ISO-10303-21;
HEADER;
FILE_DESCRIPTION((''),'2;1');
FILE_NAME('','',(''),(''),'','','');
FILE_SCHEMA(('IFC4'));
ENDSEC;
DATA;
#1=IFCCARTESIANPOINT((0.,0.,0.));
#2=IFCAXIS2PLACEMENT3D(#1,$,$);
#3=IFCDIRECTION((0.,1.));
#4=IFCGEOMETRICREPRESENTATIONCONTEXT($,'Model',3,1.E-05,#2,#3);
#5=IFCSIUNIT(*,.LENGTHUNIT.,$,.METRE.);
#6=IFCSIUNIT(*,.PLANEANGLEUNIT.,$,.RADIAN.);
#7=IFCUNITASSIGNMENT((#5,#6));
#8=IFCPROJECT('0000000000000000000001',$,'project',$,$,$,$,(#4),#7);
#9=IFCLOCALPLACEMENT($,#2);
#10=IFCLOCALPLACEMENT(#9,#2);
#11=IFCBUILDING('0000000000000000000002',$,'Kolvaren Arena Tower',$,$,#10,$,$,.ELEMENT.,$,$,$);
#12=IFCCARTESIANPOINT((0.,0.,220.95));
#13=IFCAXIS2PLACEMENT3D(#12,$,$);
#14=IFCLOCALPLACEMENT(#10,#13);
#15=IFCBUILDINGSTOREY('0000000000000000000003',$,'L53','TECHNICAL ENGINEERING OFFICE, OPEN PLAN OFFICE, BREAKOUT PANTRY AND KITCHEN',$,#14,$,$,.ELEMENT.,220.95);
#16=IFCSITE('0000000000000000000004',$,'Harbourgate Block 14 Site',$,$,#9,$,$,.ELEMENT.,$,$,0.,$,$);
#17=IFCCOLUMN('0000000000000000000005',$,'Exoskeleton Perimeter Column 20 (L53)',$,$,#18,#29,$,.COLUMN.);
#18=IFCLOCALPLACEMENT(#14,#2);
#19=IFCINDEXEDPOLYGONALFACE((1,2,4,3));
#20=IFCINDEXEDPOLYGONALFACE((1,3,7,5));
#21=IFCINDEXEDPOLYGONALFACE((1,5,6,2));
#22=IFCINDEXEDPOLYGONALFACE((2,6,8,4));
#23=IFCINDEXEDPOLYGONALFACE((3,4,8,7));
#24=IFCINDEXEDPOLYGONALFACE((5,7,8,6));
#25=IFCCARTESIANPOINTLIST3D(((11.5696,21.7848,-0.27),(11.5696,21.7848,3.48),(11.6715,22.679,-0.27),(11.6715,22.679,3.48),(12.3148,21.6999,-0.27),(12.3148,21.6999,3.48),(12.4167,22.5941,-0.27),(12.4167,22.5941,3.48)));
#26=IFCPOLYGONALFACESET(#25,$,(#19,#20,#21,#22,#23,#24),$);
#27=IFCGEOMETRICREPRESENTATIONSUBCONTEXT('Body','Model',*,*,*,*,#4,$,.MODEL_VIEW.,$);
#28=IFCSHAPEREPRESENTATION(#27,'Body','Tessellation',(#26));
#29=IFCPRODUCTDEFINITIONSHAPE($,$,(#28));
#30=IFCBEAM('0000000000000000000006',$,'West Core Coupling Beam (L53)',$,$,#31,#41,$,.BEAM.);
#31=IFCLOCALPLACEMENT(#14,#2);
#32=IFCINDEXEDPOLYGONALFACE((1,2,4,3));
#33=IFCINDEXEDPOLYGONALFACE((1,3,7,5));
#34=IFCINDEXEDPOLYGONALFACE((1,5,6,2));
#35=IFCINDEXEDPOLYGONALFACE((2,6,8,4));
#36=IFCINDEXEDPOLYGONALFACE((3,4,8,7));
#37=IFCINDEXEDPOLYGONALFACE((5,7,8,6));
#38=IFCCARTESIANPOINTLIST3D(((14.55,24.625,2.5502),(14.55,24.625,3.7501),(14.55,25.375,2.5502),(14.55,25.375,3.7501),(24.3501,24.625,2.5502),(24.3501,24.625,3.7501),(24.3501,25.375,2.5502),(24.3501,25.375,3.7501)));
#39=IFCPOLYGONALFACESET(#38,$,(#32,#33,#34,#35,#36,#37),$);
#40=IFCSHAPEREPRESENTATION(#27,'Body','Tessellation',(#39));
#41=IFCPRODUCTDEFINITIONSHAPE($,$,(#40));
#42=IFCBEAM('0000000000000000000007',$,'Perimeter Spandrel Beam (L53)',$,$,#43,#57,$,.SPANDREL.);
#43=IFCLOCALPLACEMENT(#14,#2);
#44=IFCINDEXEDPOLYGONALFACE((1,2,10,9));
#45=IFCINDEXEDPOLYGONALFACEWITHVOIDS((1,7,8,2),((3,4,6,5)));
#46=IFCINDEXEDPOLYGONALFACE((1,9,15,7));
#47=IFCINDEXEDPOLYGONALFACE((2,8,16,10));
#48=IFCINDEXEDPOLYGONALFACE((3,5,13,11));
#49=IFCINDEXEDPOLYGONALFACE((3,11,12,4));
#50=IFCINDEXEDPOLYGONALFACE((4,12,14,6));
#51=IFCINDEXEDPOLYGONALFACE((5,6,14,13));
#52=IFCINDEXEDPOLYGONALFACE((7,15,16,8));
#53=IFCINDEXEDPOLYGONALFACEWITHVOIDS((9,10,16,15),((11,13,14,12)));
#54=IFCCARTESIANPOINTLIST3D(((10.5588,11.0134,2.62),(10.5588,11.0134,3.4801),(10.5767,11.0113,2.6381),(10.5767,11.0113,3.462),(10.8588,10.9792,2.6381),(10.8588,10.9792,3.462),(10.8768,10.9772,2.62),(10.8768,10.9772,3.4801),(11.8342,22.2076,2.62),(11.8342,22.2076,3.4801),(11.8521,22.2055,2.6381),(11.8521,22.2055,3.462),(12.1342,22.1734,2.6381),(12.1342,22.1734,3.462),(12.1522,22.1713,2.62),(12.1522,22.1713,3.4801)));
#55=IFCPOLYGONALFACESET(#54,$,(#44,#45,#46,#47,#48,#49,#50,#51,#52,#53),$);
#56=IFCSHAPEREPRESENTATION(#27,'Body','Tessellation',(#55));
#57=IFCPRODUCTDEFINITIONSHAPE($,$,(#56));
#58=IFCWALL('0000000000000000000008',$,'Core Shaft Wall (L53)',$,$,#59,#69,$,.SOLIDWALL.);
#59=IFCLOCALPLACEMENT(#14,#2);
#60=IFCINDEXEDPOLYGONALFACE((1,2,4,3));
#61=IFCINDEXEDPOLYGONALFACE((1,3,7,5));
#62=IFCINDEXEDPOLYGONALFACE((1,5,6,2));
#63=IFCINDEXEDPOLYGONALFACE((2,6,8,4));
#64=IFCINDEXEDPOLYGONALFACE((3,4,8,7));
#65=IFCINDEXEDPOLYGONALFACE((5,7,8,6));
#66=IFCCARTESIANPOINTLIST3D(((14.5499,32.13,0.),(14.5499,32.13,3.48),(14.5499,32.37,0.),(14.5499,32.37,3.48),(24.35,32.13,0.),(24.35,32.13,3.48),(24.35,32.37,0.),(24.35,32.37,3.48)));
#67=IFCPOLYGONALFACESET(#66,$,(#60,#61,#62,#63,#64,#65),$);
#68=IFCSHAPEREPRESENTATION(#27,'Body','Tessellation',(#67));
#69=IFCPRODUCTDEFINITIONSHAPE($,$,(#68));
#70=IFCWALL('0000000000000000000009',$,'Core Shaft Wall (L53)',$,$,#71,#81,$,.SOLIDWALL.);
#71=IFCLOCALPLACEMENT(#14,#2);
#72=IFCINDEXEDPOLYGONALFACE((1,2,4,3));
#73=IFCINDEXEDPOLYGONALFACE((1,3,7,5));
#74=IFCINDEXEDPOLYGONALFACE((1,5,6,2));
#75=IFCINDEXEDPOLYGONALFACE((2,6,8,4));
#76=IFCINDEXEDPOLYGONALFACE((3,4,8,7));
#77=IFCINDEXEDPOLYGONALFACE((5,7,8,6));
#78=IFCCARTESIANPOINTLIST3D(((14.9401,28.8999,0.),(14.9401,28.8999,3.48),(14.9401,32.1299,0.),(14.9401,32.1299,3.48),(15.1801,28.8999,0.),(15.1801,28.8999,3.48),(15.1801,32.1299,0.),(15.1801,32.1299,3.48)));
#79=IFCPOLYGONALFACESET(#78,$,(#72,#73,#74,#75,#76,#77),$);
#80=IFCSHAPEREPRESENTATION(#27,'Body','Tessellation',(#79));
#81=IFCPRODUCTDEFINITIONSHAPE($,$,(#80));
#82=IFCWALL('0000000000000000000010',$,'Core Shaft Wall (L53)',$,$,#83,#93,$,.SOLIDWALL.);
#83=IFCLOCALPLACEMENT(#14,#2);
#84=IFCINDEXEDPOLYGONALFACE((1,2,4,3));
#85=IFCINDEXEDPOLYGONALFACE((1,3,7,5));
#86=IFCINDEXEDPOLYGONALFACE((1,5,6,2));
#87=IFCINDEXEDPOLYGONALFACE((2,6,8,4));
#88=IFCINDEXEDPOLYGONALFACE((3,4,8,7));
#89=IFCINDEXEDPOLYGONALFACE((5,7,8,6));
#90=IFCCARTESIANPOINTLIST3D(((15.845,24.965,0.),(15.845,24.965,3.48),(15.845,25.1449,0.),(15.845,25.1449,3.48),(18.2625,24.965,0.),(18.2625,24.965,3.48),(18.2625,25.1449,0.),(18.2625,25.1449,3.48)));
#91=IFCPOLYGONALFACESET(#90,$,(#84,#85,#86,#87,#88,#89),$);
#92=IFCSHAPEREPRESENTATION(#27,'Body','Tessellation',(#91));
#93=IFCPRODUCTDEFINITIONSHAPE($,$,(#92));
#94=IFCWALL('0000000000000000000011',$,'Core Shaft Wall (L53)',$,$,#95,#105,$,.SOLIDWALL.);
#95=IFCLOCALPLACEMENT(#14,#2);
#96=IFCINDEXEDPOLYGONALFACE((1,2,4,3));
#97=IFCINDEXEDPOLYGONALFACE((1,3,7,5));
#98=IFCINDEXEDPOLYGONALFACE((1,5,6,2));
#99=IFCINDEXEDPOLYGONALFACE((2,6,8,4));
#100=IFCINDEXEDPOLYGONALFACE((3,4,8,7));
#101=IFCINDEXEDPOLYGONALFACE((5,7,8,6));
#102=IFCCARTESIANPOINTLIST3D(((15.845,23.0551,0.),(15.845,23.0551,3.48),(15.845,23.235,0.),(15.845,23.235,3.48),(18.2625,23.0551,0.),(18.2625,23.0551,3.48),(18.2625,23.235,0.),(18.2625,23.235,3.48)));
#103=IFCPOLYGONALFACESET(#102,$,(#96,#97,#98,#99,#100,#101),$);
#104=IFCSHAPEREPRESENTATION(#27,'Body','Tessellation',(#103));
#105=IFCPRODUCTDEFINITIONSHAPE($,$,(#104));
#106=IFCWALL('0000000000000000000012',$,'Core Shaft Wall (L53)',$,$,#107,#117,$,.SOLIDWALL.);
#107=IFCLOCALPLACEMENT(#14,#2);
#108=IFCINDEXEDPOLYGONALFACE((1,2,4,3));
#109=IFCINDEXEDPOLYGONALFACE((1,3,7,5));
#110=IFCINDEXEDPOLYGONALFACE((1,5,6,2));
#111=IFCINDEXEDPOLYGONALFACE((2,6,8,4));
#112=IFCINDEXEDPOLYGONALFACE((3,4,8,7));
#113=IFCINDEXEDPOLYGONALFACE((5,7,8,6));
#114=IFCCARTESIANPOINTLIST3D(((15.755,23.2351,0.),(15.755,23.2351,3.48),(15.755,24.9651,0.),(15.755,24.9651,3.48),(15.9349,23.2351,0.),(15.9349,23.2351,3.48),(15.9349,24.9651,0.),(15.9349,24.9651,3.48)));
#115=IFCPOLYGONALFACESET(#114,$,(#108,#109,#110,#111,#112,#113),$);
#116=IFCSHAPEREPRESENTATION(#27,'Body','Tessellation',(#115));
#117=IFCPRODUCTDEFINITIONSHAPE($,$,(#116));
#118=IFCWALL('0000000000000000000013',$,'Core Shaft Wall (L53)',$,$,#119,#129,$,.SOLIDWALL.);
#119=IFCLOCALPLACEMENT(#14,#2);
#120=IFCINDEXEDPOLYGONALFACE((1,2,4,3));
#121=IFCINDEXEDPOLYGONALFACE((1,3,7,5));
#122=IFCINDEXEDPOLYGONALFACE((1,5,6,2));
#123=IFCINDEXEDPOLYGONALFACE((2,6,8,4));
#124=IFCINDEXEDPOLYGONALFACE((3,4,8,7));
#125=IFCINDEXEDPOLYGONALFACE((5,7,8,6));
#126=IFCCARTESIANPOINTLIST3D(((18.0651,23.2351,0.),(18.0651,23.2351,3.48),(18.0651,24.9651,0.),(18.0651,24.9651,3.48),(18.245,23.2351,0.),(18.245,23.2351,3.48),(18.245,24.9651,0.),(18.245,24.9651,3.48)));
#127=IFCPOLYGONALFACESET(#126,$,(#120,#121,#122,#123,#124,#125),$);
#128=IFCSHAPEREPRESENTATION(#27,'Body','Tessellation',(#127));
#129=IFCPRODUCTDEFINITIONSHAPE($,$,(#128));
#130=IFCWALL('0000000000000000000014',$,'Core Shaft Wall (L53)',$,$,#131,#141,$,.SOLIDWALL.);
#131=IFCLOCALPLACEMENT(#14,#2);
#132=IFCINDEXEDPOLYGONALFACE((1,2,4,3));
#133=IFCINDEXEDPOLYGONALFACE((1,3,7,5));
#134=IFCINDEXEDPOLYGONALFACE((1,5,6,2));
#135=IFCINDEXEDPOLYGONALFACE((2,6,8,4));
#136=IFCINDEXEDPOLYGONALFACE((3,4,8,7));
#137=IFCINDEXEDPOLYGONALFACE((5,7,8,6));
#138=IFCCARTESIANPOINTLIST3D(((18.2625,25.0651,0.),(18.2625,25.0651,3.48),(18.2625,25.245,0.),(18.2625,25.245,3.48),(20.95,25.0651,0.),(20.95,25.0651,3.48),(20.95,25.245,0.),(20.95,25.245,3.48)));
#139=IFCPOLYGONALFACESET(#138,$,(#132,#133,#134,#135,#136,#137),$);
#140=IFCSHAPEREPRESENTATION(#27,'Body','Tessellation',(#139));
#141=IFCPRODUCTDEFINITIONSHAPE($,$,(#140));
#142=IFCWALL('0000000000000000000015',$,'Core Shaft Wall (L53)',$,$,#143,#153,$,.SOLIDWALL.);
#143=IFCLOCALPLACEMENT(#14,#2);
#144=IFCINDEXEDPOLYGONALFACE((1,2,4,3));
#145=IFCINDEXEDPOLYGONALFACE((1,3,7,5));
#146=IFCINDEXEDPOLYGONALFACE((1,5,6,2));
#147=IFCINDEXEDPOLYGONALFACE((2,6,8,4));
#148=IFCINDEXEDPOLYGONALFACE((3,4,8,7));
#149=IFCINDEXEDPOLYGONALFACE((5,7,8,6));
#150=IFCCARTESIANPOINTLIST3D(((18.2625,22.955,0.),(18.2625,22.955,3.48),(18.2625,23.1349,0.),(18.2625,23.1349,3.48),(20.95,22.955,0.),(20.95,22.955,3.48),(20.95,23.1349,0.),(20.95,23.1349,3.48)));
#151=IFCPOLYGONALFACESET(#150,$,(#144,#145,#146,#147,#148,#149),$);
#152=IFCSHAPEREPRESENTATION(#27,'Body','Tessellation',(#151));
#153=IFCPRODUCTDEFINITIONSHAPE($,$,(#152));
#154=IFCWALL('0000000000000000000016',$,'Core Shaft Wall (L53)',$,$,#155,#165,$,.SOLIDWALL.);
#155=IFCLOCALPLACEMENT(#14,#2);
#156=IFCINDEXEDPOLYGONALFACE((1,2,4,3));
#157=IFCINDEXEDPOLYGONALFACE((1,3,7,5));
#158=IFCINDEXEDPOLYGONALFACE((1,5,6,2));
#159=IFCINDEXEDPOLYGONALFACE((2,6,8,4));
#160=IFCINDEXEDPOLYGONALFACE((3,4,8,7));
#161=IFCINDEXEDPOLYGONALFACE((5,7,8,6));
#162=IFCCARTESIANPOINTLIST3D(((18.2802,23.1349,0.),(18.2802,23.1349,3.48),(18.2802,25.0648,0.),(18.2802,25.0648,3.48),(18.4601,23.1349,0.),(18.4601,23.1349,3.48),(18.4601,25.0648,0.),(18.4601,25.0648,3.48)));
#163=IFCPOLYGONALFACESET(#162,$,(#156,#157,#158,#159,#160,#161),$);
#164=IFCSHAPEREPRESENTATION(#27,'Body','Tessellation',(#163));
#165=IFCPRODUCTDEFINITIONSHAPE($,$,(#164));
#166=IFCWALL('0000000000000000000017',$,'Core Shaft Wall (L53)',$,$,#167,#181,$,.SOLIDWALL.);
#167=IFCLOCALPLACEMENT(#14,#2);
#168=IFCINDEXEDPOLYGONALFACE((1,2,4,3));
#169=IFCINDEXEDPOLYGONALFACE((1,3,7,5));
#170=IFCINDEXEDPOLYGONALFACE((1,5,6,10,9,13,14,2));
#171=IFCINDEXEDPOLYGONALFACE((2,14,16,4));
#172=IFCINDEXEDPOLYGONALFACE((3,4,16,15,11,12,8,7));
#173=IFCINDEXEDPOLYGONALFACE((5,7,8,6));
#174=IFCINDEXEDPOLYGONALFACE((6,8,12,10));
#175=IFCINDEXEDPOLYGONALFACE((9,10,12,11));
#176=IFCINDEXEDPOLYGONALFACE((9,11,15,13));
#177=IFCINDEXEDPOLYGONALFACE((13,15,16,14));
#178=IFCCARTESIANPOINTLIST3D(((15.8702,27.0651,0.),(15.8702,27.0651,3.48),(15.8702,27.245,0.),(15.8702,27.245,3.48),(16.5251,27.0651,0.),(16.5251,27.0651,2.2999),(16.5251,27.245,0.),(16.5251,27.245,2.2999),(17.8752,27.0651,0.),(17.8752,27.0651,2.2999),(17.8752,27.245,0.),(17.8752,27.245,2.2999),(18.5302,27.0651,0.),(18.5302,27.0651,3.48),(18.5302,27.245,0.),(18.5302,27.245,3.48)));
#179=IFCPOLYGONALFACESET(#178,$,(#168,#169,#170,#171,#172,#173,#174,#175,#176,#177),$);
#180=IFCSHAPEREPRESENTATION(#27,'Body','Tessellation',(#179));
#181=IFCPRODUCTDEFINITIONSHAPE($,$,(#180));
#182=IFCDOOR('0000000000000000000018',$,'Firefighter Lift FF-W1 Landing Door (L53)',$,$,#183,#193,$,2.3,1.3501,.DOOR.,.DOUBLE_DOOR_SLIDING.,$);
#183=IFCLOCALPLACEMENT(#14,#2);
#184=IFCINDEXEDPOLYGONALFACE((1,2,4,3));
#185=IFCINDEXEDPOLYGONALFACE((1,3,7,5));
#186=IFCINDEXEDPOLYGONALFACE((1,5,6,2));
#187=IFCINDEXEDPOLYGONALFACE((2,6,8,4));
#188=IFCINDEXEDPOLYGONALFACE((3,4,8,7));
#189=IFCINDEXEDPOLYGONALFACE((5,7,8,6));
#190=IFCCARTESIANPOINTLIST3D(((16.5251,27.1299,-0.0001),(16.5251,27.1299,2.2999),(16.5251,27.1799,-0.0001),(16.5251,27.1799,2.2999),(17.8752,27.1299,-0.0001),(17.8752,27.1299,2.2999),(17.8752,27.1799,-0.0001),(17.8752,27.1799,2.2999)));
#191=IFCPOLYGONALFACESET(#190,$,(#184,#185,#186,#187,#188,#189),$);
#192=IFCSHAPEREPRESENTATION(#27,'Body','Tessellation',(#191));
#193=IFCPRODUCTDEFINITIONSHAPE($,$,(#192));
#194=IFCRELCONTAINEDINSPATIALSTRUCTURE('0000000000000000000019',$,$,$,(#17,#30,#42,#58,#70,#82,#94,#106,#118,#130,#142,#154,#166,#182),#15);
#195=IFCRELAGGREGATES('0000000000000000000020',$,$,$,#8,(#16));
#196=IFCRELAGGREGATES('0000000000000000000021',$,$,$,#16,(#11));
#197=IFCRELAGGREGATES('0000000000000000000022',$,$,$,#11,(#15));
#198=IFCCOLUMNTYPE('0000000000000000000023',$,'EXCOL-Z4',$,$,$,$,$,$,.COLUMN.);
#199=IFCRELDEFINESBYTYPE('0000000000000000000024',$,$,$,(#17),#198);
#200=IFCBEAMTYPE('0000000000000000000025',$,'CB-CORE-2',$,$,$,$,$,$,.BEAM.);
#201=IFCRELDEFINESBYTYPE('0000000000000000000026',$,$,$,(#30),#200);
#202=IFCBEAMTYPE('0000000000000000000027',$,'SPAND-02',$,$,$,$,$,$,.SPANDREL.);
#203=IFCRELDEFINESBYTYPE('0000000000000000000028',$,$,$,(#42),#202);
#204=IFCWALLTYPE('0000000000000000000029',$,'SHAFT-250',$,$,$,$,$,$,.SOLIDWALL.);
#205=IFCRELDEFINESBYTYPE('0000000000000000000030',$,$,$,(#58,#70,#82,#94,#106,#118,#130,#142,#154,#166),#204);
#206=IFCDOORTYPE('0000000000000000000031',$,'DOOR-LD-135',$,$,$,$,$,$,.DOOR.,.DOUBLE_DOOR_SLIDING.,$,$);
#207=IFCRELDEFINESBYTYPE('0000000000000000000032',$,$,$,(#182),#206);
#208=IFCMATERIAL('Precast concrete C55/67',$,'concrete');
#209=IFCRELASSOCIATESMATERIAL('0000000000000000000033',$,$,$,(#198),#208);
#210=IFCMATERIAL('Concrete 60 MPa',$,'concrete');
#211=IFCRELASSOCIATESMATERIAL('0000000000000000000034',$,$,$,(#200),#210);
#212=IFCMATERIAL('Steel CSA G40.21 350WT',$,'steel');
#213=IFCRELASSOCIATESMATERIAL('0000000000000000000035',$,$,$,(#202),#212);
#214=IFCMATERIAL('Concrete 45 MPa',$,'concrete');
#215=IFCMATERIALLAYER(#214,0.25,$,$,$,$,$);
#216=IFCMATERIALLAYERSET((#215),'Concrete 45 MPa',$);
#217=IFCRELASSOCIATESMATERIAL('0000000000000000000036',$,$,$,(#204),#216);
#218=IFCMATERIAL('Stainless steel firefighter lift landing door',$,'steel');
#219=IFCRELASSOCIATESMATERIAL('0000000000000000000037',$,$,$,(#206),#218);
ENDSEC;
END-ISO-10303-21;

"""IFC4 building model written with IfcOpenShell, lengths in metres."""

from ifc_helpers import new_model, si_unit, direction, frame, frame_2d, origin, origin_2d, place, context, subcontext, project, spatial, rectangle, hollow_rectangle, extrude, material, layer, layer_set, material_profile, profile_set, type_object, element, fill, save


model = new_model("IFC4")

# Units and contexts
model_context = context("Model", 3, precision=1e-05, world=origin(), true_north=direction((0.0, 1.0)))
body_context = subcontext(model_context, "Body", "Model", "MODEL_VIEW")
ifc_project = project(units=[si_unit("LENGTHUNIT", "METRE"), si_unit("PLANEANGLEUNIT", "RADIAN")], contexts=[model_context])

# Site, building, storey
site_placement = place(None, origin())
site = spatial("IfcSite", under=ifc_project, at=site_placement, Name="Harbourgate Block 14 Site", CompositionType="ELEMENT", RefElevation=0.0)
building_placement = place(site_placement, origin())
building = spatial("IfcBuilding", under=site, at=building_placement, Name="Kolvaren Arena Tower", CompositionType="ELEMENT")
storey_placement = place(building_placement, frame((0.0, 0.0, 220.95)))
storey = spatial("IfcBuildingStorey", under=building, at=storey_placement, Name="L53", Description="TECHNICAL ENGINEERING OFFICE, OPEN PLAN OFFICE, BREAKOUT PANTRY AND KITCHEN", CompositionType="ELEMENT", Elevation=220.95)

# Column
ifc_material_1 = material(Name="Precast concrete C55/67", Category="concrete")
ifc_material_profile_1 = material_profile(ifc_material_1, rectangle(XDim=0.8999, YDim=0.75, at=origin_2d()), Name="RC-900x750")
ifc_profile_set_1 = profile_set([ifc_material_profile_1], Name="Precast concrete C55/67")
column_type = type_object("IfcColumnType", Name="EXCOL-Z4", PredefinedType="COLUMN", material=ifc_profile_set_1)
column_placement = place(storey_placement, frame((11.9932, 22.1895, -0.27), z_axis=(0.0, 0.0, 1.0), x_axis=(0.113203, 0.993572, 0.0)))
element("IfcColumn", 1, at=column_placement, inside=storey, type_object=column_type, Name="Exoskeleton Perimeter Column 20 (L53)", PredefinedType="COLUMN", context=body_context, shape_type="SweptSolid", body=[
    extrude(rectangle(XDim=0.8999, YDim=0.75, at=origin_2d()), origin(), (0.0, 0.0, 1.0), 3.75),
])

# Beams
ifc_material_2 = material(Name="Concrete 60 MPa", Category="concrete")
ifc_material_profile_2 = material_profile(ifc_material_2, rectangle(XDim=0.75, YDim=1.2, at=origin_2d()), Name="RC-750x1200")
ifc_profile_set_2 = profile_set([ifc_material_profile_2], Name="Concrete 60 MPa")
beam_type_1 = type_object("IfcBeamType", Name="CB-CORE-2", PredefinedType="BEAM", material=ifc_profile_set_2)
beam_1_placement = place(storey_placement, frame((14.55, 25.0, 3.1501), z_axis=(1.0, 0.0, 0.0), x_axis=(0.0, 1.0, 0.0)))
element("IfcBeam", 2, at=beam_1_placement, inside=storey, type_object=beam_type_1, Name="West Core Coupling Beam (L53)", PredefinedType="BEAM", context=body_context, shape_type="SweptSolid", body=[
    extrude(rectangle(XDim=0.75, YDim=1.2, at=origin_2d()), origin(), (0.0, 0.0, 1.0), 9.8),
])
ifc_material_3 = material(Name="Steel CSA G40.21 350WT", Category="steel")
ifc_material_profile_3 = material_profile(ifc_material_3, hollow_rectangle(XDim=0.3201, YDim=0.8601, WallThickness=0.0181, at=origin_2d()), Name="HSS 860x320x18")
ifc_profile_set_3 = profile_set([ifc_material_profile_3], Name="Steel CSA G40.21 350WT")
beam_type_2 = type_object("IfcBeamType", Name="SPAND-02", PredefinedType="SPANDREL", material=ifc_profile_set_3)
beam_2_placement = place(storey_placement, frame((11.9932, 22.1895, 3.05), z_axis=(-0.113202, -0.993572, 0.0), x_axis=(0.993572, -0.113202, 0.0)))
element("IfcBeam", 3, at=beam_2_placement, inside=storey, type_object=beam_type_2, Name="Perimeter Spandrel Beam (L53)", PredefinedType="SPANDREL", context=body_context, shape_type="SweptSolid", body=[
    extrude(hollow_rectangle(XDim=0.3201, YDim=0.8601, WallThickness=0.0181, at=origin_2d()), origin(), (0.0, 0.0, 1.0), 11.2666),
])

# Walls
ifc_material_4 = material(Name="Concrete 45 MPa", Category="concrete")
ifc_layer = layer(ifc_material_4, 0.25)
ifc_layer_set = layer_set([ifc_layer], Name="Concrete 45 MPa")
wall_type = type_object("IfcWallType", Name="SHAFT-250", PredefinedType="SOLIDWALL", material=ifc_layer_set)
wall_1_placement = place(storey_placement, frame((14.55, 32.25, 0.0), z_axis=(0.0, 0.0, 1.0), x_axis=(1.0, 0.0, 0.0)))
element("IfcWall", 4, at=wall_1_placement, inside=storey, type_object=wall_type, Name="Core Shaft Wall (L53)", PredefinedType="SOLIDWALL", context=body_context, shape_type="SweptSolid", body=[
    extrude(rectangle(XDim=9.8, YDim=0.24, at=frame_2d((4.8999, 0.0))), origin(), (0.0, 0.0, 1.0), 3.48),
])
wall_2_placement = place(storey_placement, frame((15.0601, 28.8999, 0.0), z_axis=(0.0, 0.0, 1.0), x_axis=(0.0, 1.0, 0.0)))
element("IfcWall", 5, at=wall_2_placement, inside=storey, type_object=wall_type, Name="Core Shaft Wall (L53)", PredefinedType="SOLIDWALL", context=body_context, shape_type="SweptSolid", body=[
    extrude(rectangle(XDim=3.23, YDim=0.24, at=frame_2d((1.615, 0.0))), origin(), (0.0, 0.0, 1.0), 3.48),
])
for number, where, z_axis, x_axis, name in (
    (6, (15.845, 25.0549, 0.0), (0.0, 0.0, 1.0), (1.0, 0.0, 0.0), "Core Shaft Wall (L53)"),
    (7, (15.845, 23.145, 0.0), (0.0, 0.0, 1.0), (1.0, 0.0, 0.0), "Core Shaft Wall (L53)"),
):
    element("IfcWall", number, at=place(storey_placement, frame(where, z_axis=z_axis, x_axis=x_axis)), inside=storey, type_object=wall_type, Name=name, PredefinedType="SOLIDWALL", context=body_context, shape_type="SweptSolid", body=[
        extrude(rectangle(XDim=2.4175, YDim=0.1799, at=frame_2d((1.2087, 0.0))), origin(), (0.0, 0.0, 1.0), 3.48),
    ])
for number, where, z_axis, x_axis, name in (
    (8, (15.845, 23.2351, 0.0), (0.0, 0.0, 1.0), (0.0, 1.0, 0.0), "Core Shaft Wall (L53)"),
    (9, (18.155, 23.2351, 0.0), (0.0, 0.0, 1.0), (0.0, 1.0, 0.0), "Core Shaft Wall (L53)"),
):
    element("IfcWall", number, at=place(storey_placement, frame(where, z_axis=z_axis, x_axis=x_axis)), inside=storey, type_object=wall_type, Name=name, PredefinedType="SOLIDWALL", context=body_context, shape_type="SweptSolid", body=[
        extrude(rectangle(XDim=1.73, YDim=0.1799, at=frame_2d((0.865, 0.0))), origin(), (0.0, 0.0, 1.0), 3.48),
    ])
for number, where, z_axis, x_axis, name in (
    (10, (18.2625, 25.155, 0.0), (0.0, 0.0, 1.0), (1.0, 0.0, 0.0), "Core Shaft Wall (L53)"),
    (11, (18.2625, 23.0449, 0.0), (0.0, 0.0, 1.0), (1.0, 0.0, 0.0), "Core Shaft Wall (L53)"),
):
    element("IfcWall", number, at=place(storey_placement, frame(where, z_axis=z_axis, x_axis=x_axis)), inside=storey, type_object=wall_type, Name=name, PredefinedType="SOLIDWALL", context=body_context, shape_type="SweptSolid", body=[
        extrude(rectangle(XDim=2.6875, YDim=0.1799, at=frame_2d((1.3438, 0.0))), origin(), (0.0, 0.0, 1.0), 3.48),
    ])
wall_3_placement = place(storey_placement, frame((18.3701, 23.135, 0.0), z_axis=(0.0, 0.0, 1.0), x_axis=(0.0, 1.0, 0.0)))
element("IfcWall", 12, at=wall_3_placement, inside=storey, type_object=wall_type, Name="Core Shaft Wall (L53)", PredefinedType="SOLIDWALL", context=body_context, shape_type="SweptSolid", body=[
    extrude(rectangle(XDim=1.9299, YDim=0.1799, at=frame_2d((0.9648, 0.0))), origin(), (0.0, 0.0, 1.0), 3.48),
])

# Wall, opening, door
wall_4_placement = place(storey_placement, frame((15.8701, 27.155, 0.0), z_axis=(0.0, 0.0, 1.0), x_axis=(1.0, 0.0, 0.0)))
wall_4 = element("IfcWall", 13, at=wall_4_placement, inside=storey, type_object=wall_type, Name="Core Shaft Wall (L53)", PredefinedType="SOLIDWALL", context=body_context, shape_type="SweptSolid", body=[
    extrude(rectangle(XDim=2.6599, YDim=0.1799, at=frame_2d((1.3301, 0.0))), origin(), (0.0, 0.0, 1.0), 3.48),
])
opening_placement = place(wall_4_placement, frame((0.655, 0.0, 0.0)))
opening = element("IfcOpeningElement", 14, at=opening_placement, cuts=wall_4, PredefinedType="OPENING", context=body_context, shape_type="SweptSolid", body=[
    extrude(rectangle(XDim=1.3501, YDim=2.3, at=frame_2d((0.675, 1.1499))), frame((0.0, 0.0999, 0.0), z_axis=(0.0, -1.0, 0.0), x_axis=(1.0, 0.0, 0.0)), (0.0, 0.0, 1.0), 0.2),
])
ifc_material_5 = material(Name="Stainless steel firefighter lift landing door", Category="steel")
door_type = type_object("IfcDoorType", Name="DOOR-LD-135", OperationType="DOUBLE_DOOR_SLIDING", PredefinedType="DOOR", material=ifc_material_5)
door_placement = place(opening_placement, origin())
door = element("IfcDoor", 15, at=door_placement, inside=storey, type_object=door_type, Name="Firefighter Lift FF-W1 Landing Door (L53)", OperationType="DOUBLE_DOOR_SLIDING", OverallHeight=2.3, OverallWidth=1.3501, PredefinedType="DOOR", context=body_context, shape_type="SweptSolid", body=[
    extrude(rectangle(XDim=1.3501, YDim=2.3, at=frame_2d((0.675, 1.1499))), frame((0.0, 0.0249, 0.0), z_axis=(0.0, -1.0, 0.0), x_axis=(1.0, 0.0, 0.0)), (0.0, 0.0, 1.0), 0.05),
])
fill(opening, door)

save(model, "model.ifc")
